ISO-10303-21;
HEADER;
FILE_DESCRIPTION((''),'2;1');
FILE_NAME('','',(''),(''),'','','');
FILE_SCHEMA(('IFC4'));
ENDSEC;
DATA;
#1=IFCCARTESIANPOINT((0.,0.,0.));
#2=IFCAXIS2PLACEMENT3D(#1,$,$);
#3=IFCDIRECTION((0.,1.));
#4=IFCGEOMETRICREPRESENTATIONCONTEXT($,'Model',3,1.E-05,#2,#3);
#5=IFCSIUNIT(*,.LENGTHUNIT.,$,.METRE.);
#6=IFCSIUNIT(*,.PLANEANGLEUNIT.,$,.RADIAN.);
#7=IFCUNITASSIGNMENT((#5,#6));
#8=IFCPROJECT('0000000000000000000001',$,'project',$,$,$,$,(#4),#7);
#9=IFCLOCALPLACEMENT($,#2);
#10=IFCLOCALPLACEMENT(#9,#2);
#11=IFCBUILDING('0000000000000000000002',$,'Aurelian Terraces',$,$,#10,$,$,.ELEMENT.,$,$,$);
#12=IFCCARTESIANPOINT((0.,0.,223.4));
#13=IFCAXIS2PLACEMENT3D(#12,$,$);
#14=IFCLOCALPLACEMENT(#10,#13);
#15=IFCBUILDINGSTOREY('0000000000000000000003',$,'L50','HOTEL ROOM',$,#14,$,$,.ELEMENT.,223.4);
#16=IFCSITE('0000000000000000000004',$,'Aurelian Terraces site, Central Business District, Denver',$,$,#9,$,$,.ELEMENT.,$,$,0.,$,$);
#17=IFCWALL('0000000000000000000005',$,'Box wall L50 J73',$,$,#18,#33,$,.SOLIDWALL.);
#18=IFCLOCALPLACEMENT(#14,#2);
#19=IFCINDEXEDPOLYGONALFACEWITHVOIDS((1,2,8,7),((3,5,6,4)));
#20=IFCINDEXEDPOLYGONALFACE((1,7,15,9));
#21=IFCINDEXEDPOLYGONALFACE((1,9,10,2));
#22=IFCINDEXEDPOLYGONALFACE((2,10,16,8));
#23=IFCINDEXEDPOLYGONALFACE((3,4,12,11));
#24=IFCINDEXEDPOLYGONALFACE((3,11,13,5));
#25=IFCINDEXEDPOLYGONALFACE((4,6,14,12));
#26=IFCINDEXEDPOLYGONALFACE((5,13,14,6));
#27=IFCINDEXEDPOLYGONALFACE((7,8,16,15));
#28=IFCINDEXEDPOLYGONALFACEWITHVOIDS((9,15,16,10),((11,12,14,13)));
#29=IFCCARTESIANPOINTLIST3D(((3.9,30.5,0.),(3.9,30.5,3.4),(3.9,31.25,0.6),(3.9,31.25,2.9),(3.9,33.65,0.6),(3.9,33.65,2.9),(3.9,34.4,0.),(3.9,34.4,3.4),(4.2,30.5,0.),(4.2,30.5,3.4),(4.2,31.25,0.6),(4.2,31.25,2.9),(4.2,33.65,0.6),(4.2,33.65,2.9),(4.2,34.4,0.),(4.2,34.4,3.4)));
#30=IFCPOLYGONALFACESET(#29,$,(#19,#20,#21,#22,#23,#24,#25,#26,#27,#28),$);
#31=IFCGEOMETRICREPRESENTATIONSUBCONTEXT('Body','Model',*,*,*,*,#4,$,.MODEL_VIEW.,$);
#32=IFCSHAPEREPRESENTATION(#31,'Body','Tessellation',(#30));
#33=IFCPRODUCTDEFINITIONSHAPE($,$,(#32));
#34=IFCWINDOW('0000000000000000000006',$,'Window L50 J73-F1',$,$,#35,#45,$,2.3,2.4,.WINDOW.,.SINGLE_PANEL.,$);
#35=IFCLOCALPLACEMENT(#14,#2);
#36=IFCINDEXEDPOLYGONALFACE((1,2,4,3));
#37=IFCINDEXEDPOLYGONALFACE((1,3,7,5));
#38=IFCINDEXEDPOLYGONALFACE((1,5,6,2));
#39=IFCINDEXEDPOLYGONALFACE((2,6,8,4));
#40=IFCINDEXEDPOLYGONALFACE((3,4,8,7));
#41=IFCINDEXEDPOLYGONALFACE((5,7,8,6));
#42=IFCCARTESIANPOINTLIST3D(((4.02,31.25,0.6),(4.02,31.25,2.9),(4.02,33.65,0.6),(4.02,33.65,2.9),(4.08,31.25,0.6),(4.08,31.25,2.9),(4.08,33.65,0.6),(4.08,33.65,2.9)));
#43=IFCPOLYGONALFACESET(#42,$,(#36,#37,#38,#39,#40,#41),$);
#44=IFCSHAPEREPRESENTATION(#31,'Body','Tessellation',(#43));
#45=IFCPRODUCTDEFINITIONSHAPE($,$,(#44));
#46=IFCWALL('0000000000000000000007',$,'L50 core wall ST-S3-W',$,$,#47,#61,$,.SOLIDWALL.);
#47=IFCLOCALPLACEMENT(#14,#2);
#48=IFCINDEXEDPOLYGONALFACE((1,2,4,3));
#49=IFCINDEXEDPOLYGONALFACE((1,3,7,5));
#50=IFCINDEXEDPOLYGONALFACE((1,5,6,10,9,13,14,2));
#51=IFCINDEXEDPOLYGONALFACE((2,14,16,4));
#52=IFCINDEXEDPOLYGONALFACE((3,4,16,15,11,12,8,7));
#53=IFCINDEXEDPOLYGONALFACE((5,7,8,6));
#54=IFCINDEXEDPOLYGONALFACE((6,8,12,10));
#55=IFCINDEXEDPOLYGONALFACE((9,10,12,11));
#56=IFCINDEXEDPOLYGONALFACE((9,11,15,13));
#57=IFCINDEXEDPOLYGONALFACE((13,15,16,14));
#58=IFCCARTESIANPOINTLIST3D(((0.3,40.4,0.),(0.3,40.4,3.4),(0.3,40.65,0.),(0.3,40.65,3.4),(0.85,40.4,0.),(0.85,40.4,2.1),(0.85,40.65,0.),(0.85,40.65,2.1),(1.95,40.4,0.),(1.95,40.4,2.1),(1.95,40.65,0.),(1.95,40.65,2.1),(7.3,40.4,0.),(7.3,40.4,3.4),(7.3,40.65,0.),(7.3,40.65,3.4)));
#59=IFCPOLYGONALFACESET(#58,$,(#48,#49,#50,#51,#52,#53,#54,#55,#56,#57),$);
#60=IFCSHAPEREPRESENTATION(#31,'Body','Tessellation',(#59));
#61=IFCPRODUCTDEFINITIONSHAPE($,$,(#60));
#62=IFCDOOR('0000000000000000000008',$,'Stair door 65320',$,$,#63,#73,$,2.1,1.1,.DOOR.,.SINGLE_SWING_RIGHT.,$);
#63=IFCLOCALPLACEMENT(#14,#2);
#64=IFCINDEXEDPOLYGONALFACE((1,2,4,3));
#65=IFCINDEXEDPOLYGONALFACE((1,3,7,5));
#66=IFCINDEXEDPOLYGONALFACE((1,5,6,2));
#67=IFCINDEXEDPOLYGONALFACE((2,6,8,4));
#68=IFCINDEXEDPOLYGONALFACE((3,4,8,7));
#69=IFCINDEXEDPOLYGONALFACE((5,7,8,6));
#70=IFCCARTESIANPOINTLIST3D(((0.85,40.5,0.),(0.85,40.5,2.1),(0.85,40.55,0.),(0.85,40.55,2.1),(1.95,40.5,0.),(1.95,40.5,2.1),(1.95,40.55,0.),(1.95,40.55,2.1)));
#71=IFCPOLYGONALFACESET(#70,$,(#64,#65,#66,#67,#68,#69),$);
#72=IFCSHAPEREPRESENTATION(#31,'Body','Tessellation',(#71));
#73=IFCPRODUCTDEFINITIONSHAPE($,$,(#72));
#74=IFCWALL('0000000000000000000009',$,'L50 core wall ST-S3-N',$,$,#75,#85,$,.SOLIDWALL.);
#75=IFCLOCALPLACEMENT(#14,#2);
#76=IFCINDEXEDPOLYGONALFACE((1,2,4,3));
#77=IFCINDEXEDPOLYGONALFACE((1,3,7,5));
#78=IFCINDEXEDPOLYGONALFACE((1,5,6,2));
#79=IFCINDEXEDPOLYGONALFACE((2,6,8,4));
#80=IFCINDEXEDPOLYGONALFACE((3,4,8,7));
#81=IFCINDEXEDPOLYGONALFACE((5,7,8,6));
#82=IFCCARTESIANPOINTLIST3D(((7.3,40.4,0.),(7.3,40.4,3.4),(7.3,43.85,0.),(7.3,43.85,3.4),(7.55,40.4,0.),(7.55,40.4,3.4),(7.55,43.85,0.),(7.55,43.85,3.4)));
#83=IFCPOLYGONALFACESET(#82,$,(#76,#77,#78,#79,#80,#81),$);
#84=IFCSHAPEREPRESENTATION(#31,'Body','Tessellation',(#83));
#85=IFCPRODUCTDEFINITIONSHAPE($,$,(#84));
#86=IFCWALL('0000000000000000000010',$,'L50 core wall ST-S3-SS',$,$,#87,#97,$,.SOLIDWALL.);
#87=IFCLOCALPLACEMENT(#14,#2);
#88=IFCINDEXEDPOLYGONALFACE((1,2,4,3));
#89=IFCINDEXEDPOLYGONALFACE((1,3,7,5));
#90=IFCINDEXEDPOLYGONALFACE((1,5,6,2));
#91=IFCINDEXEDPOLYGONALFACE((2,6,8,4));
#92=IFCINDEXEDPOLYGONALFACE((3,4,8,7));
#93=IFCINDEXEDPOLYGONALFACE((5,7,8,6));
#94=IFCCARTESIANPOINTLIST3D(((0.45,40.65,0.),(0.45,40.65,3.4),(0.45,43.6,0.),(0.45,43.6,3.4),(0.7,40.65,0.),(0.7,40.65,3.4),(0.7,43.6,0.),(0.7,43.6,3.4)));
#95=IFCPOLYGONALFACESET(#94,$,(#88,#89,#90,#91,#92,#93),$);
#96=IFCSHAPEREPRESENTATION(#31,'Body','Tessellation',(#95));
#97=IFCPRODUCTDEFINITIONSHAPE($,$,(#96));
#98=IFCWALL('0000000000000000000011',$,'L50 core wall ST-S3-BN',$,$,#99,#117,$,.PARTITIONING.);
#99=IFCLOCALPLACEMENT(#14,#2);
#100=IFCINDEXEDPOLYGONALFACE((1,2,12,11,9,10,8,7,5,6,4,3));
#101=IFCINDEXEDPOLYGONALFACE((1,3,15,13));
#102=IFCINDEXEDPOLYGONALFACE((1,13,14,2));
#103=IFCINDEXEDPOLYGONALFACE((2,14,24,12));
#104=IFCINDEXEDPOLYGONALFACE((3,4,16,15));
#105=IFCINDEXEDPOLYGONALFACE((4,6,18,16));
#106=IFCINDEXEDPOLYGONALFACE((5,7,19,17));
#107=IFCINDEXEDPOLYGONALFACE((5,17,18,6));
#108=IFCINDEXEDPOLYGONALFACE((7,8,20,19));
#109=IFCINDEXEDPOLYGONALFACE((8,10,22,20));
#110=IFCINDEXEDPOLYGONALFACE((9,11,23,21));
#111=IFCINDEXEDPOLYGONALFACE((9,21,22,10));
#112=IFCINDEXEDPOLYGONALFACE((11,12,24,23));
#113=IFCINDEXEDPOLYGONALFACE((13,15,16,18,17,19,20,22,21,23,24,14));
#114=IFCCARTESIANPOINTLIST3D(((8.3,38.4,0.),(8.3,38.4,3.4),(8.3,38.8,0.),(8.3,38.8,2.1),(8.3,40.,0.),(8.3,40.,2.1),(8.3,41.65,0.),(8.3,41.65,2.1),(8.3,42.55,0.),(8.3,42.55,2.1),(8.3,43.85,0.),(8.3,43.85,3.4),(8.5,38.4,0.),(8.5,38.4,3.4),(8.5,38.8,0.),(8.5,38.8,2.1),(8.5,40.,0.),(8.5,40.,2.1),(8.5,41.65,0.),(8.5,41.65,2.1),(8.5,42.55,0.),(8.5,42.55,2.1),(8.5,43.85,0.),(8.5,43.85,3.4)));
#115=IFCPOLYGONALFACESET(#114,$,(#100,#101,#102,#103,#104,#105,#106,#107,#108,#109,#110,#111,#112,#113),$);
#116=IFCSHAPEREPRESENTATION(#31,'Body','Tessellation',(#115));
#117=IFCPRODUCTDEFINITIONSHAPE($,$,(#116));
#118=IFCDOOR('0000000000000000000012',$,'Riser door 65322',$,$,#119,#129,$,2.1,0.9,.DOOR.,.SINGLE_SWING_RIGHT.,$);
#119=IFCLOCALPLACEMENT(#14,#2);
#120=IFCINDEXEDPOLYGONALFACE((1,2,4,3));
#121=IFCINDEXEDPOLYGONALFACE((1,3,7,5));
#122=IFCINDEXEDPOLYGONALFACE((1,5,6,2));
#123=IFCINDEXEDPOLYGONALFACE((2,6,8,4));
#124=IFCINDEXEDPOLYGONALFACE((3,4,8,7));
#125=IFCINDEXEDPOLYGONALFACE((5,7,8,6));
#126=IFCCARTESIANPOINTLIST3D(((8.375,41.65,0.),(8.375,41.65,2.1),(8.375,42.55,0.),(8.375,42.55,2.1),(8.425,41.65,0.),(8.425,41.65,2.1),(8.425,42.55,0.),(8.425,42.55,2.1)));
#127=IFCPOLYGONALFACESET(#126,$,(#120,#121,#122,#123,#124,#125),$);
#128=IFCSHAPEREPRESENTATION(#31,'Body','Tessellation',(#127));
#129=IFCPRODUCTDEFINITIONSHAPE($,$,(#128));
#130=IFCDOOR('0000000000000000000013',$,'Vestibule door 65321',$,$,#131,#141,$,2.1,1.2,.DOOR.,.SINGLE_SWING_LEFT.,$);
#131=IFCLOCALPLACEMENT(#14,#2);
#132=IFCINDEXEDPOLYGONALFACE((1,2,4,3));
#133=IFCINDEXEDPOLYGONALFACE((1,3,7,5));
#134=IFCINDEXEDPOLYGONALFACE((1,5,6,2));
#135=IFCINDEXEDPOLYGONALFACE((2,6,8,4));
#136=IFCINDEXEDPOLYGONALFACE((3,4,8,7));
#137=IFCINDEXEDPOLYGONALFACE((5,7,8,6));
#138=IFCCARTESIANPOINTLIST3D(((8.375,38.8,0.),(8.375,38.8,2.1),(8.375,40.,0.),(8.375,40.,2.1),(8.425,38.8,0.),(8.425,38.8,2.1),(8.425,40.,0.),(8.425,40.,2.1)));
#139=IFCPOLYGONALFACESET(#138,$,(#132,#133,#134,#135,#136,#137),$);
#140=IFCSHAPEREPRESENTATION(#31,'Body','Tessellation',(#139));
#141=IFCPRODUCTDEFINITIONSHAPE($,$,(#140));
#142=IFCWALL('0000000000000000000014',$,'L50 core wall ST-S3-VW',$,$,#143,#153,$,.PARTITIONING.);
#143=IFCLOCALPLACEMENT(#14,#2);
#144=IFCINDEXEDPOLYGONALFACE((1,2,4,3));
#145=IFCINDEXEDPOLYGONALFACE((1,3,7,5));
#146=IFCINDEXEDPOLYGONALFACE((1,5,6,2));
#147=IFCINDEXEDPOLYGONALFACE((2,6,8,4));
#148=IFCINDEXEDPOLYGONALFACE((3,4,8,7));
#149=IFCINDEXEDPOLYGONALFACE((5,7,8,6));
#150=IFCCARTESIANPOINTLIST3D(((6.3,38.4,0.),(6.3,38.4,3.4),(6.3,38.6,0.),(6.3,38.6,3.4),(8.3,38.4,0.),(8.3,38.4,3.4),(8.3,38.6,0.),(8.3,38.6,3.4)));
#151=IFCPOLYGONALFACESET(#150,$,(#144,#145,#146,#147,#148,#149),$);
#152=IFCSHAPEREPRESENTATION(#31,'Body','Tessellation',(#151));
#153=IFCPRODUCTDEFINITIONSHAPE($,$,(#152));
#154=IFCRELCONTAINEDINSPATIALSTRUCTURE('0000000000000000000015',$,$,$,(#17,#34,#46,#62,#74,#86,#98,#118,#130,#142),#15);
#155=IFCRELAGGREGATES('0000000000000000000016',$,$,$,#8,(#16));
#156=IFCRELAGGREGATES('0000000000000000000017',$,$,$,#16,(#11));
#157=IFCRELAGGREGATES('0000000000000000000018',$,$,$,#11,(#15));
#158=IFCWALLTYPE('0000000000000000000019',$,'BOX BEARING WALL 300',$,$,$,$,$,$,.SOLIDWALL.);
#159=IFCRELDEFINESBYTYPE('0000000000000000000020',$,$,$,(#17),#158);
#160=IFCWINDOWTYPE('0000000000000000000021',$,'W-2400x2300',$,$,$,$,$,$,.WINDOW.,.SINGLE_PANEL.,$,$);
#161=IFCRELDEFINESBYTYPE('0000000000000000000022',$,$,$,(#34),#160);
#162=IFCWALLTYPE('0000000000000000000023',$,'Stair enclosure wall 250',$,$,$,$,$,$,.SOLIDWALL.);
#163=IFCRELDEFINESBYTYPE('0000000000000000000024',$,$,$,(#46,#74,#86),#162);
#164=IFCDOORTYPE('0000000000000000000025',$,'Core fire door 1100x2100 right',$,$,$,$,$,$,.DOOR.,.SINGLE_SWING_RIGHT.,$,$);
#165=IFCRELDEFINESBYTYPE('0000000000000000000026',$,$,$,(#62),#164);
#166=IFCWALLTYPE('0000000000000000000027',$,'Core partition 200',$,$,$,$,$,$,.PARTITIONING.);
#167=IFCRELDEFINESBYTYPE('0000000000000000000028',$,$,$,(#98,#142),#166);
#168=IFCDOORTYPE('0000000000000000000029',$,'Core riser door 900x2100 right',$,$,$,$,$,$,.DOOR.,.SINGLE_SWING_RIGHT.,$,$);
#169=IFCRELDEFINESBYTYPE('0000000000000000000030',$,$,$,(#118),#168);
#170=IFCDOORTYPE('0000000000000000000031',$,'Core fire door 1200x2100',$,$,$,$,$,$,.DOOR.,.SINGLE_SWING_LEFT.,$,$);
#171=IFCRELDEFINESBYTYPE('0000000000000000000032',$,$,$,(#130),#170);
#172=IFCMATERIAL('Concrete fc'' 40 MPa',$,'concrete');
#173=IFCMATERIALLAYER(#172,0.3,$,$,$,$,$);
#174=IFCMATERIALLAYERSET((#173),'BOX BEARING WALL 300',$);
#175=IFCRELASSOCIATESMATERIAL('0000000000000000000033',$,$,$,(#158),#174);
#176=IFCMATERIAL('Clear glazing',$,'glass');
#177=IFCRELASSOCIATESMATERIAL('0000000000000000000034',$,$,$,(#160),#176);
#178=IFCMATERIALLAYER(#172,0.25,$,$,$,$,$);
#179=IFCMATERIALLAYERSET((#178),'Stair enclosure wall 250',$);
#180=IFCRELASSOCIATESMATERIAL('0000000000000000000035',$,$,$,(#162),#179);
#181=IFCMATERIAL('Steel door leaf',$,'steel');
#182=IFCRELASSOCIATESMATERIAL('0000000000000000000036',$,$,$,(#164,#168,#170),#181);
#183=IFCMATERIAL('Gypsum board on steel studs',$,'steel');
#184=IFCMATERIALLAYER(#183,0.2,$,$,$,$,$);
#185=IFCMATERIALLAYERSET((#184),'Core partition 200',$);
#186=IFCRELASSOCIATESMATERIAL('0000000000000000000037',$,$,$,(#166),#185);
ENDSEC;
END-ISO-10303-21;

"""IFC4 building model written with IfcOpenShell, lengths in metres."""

from ifc_helpers import new_model, si_unit, direction, frame, frame_2d, origin, place, context, subcontext, project, spatial, rectangle, extrude, source, transform, mapped, material, layer, layer_set, type_object, element, fill, save


model = new_model("IFC4")

# Units and contexts
model_context = context("Model", 3, precision=1e-05, world=origin(), true_north=direction((0.0, 1.0)))
body_context = subcontext(model_context, "Body", "Model", "MODEL_VIEW")
ifc_project = project(units=[si_unit("LENGTHUNIT", "METRE"), si_unit("PLANEANGLEUNIT", "RADIAN")], contexts=[model_context])

# Site, building, storey
site_placement = place(None, origin())
site = spatial("IfcSite", under=ifc_project, at=site_placement, Name="Aurelian Terraces site, Central Business District, Denver", CompositionType="ELEMENT", RefElevation=0.0)
building_placement = place(site_placement, origin())
building = spatial("IfcBuilding", under=site, at=building_placement, Name="Aurelian Terraces", CompositionType="ELEMENT")
storey_placement = place(building_placement, frame((0.0, 0.0, 223.4)))
storey = spatial("IfcBuildingStorey", under=building, at=storey_placement, Name="L50", Description="HOTEL ROOM", CompositionType="ELEMENT", Elevation=223.4)

# Shared definitions
ifc_material_1 = material(Name="Concrete fc' 40 MPa", Category="concrete")

# Shared definitions
ifc_material_2 = material(Name="Clear glazing", Category="glass")

# Wall, opening, window
ifc_layer_1 = layer(ifc_material_1, 0.3)
ifc_layer_set_1 = layer_set([ifc_layer_1], Name="BOX BEARING WALL 300")
wall_type_1 = type_object("IfcWallType", Name="BOX BEARING WALL 300", PredefinedType="SOLIDWALL", material=ifc_layer_set_1)
shared_shape_1 = source(origin(), body_context, "Body", "SweptSolid", [
    extrude(rectangle(XDim=3.9, YDim=0.3, at=frame_2d((1.95, 0.0))), origin(), (0.0, 0.0, 1.0), 3.4),
])
wall_1_placement = place(storey_placement, frame((4.05, 34.4, 0.0), z_axis=(0.0, 0.0, 1.0), x_axis=(0.0, -1.0, 0.0)))
wall_1 = element("IfcWall", 1, at=wall_1_placement, inside=storey, type_object=wall_type_1, Name="Box wall L50 J73", PredefinedType="SOLIDWALL", context=body_context, shape_type="MappedRepresentation", body=[
    mapped(shared_shape_1, transform((0.0, 0.0, 0.0), scale=1.0)),
])
shared_shape_2 = source(origin(), body_context, "Body", "SweptSolid", [
    extrude(rectangle(XDim=2.4, YDim=2.3, at=frame_2d((1.2, 1.15))), frame((0.0, 0.16, 0.0), z_axis=(0.0, -1.0, 0.0), x_axis=(1.0, 0.0, 0.0)), (0.0, 0.0, 1.0), 0.32),
])
opening_1_placement = place(wall_1_placement, frame((0.75, 0.0, 0.6)))
opening_1 = element("IfcOpeningElement", 2, at=opening_1_placement, cuts=wall_1, PredefinedType="OPENING", context=body_context, shape_type="MappedRepresentation", body=[
    mapped(shared_shape_2, transform((0.0, 0.0, 0.0), scale=1.0)),
])
window_type_1 = type_object("IfcWindowType", Name="W-2400x2300", PartitioningType="SINGLE_PANEL", PredefinedType="WINDOW", material=ifc_material_2)
shared_shape_3 = source(origin(), body_context, "Body", "SweptSolid", [
    extrude(rectangle(XDim=2.4, YDim=2.3, at=frame_2d((1.2, 1.15))), frame((0.0, 0.03, 0.0), z_axis=(0.0, -1.0, 0.0), x_axis=(1.0, 0.0, 0.0)), (0.0, 0.0, 1.0), 0.06),
])
window_1_placement = place(opening_1_placement, origin())
window_1 = element("IfcWindow", 3, at=window_1_placement, inside=storey, type_object=window_type_1, Name="Window L50 J73-F1", OverallHeight=2.3, OverallWidth=2.4, PartitioningType="SINGLE_PANEL", PredefinedType="WINDOW", context=body_context, shape_type="MappedRepresentation", body=[
    mapped(shared_shape_3, transform((0.0, 0.0, 0.0), scale=1.0)),
])
fill(opening_1, window_1)

# Wall, opening, door
ifc_layer_2 = layer(ifc_material_1, 0.25)
ifc_layer_set_2 = layer_set([ifc_layer_2], Name="Stair enclosure wall 250")
wall_type_2 = type_object("IfcWallType", Name="Stair enclosure wall 250", PredefinedType="SOLIDWALL", material=ifc_layer_set_2)
shared_shape_4 = source(origin(), body_context, "Body", "SweptSolid", [
    extrude(rectangle(XDim=7.0, YDim=0.25, at=frame_2d((3.5, 0.0))), origin(), (0.0, 0.0, 1.0), 3.4),
])
wall_2_placement = place(storey_placement, frame((0.3, 40.525, 0.0), z_axis=(0.0, 0.0, 1.0), x_axis=(1.0, 0.0, 0.0)))
wall_2 = element("IfcWall", 4, at=wall_2_placement, inside=storey, type_object=wall_type_2, Name="L50 core wall ST-S3-W", PredefinedType="SOLIDWALL", context=body_context, shape_type="MappedRepresentation", body=[
    mapped(shared_shape_4, transform((0.0, 0.0, 0.0), scale=1.0)),
])
shared_shape_5 = source(origin(), body_context, "Body", "SweptSolid", [
    extrude(rectangle(XDim=1.1, YDim=2.1, at=frame_2d((0.55, 1.05))), frame((0.0, 0.135, 0.0), z_axis=(0.0, -1.0, 0.0), x_axis=(1.0, 0.0, 0.0)), (0.0, 0.0, 1.0), 0.27),
])
opening_2_placement = place(wall_2_placement, frame((0.55, 0.0, 0.0)))
opening_2 = element("IfcOpeningElement", 5, at=opening_2_placement, cuts=wall_2, PredefinedType="OPENING", context=body_context, shape_type="MappedRepresentation", body=[
    mapped(shared_shape_5, transform((0.0, 0.0, 0.0), scale=1.0)),
])
ifc_material_3 = material(Name="Steel door leaf", Category="steel")
door_type_1 = type_object("IfcDoorType", Name="Core fire door 1100x2100 right", OperationType="SINGLE_SWING_RIGHT", PredefinedType="DOOR", material=ifc_material_3)
shared_shape_6 = source(origin(), body_context, "Body", "SweptSolid", [
    extrude(rectangle(XDim=1.1, YDim=2.1, at=frame_2d((0.55, 1.05))), frame((0.0, 0.025, 0.0), z_axis=(0.0, -1.0, 0.0), x_axis=(1.0, 0.0, 0.0)), (0.0, 0.0, 1.0), 0.05),
])
door_1_placement = place(opening_2_placement, origin())
door_1 = element("IfcDoor", 6, at=door_1_placement, inside=storey, type_object=door_type_1, Name="Stair door 65320", OperationType="SINGLE_SWING_RIGHT", OverallHeight=2.1, OverallWidth=1.1, PredefinedType="DOOR", context=body_context, shape_type="MappedRepresentation", body=[
    mapped(shared_shape_6, transform((0.0, 0.0, 0.0), scale=1.0)),
])
fill(opening_2, door_1)

# Walls
shared_shape_7 = source(origin(), body_context, "Body", "SweptSolid", [
    extrude(rectangle(XDim=3.45, YDim=0.25, at=frame_2d((1.725, 0.0))), origin(), (0.0, 0.0, 1.0), 3.4),
])
wall_3_placement = place(storey_placement, frame((7.425, 40.4, 0.0), z_axis=(0.0, 0.0, 1.0), x_axis=(0.0, 1.0, 0.0)))
element("IfcWall", 7, at=wall_3_placement, inside=storey, type_object=wall_type_2, Name="L50 core wall ST-S3-N", PredefinedType="SOLIDWALL", context=body_context, shape_type="MappedRepresentation", body=[
    mapped(shared_shape_7, transform((0.0, 0.0, 0.0), scale=1.0)),
])
shared_shape_8 = source(origin(), body_context, "Body", "SweptSolid", [
    extrude(rectangle(XDim=2.95, YDim=0.25, at=frame_2d((1.475, 0.0))), origin(), (0.0, 0.0, 1.0), 3.4),
])
wall_4_placement = place(storey_placement, frame((0.575, 40.65, 0.0), z_axis=(0.0, 0.0, 1.0), x_axis=(0.0, 1.0, 0.0)))
element("IfcWall", 8, at=wall_4_placement, inside=storey, type_object=wall_type_2, Name="L50 core wall ST-S3-SS", PredefinedType="SOLIDWALL", context=body_context, shape_type="MappedRepresentation", body=[
    mapped(shared_shape_8, transform((0.0, 0.0, 0.0), scale=1.0)),
])

# Wall, openings, doors
ifc_material_4 = material(Name="Gypsum board on steel studs", Category="steel")
ifc_layer_3 = layer(ifc_material_4, 0.2)
ifc_layer_set_3 = layer_set([ifc_layer_3], Name="Core partition 200")
wall_type_3 = type_object("IfcWallType", Name="Core partition 200", PredefinedType="PARTITIONING", material=ifc_layer_set_3)
shared_shape_9 = source(origin(), body_context, "Body", "SweptSolid", [
    extrude(rectangle(XDim=5.45, YDim=0.2, at=frame_2d((2.725, 0.0))), origin(), (0.0, 0.0, 1.0), 3.4),
])
wall_5_placement = place(storey_placement, frame((8.4, 38.4, 0.0), z_axis=(0.0, 0.0, 1.0), x_axis=(0.0, 1.0, 0.0)))
wall_5 = element("IfcWall", 9, at=wall_5_placement, inside=storey, type_object=wall_type_3, Name="L50 core wall ST-S3-BN", PredefinedType="PARTITIONING", context=body_context, shape_type="MappedRepresentation", body=[
    mapped(shared_shape_9, transform((0.0, 0.0, 0.0), scale=1.0)),
])
shared_shape_10 = source(origin(), body_context, "Body", "SweptSolid", [
    extrude(rectangle(XDim=1.2, YDim=2.1, at=frame_2d((0.6, 1.05))), frame((0.0, 0.11, 0.0), z_axis=(0.0, -1.0, 0.0), x_axis=(1.0, 0.0, 0.0)), (0.0, 0.0, 1.0), 0.22),
])
opening_3_placement = place(wall_5_placement, frame((0.4, 0.0, 0.0)))
opening_3 = element("IfcOpeningElement", 10, at=opening_3_placement, cuts=wall_5, PredefinedType="OPENING", context=body_context, shape_type="MappedRepresentation", body=[
    mapped(shared_shape_10, transform((0.0, 0.0, 0.0), scale=1.0)),
])
shared_shape_11 = source(origin(), body_context, "Body", "SweptSolid", [
    extrude(rectangle(XDim=0.9, YDim=2.1, at=frame_2d((0.45, 1.05))), frame((0.0, 0.11, 0.0), z_axis=(0.0, -1.0, 0.0), x_axis=(1.0, 0.0, 0.0)), (0.0, 0.0, 1.0), 0.22),
])
opening_4_placement = place(wall_5_placement, frame((3.25, 0.0, 0.0)))
opening_4 = element("IfcOpeningElement", 11, at=opening_4_placement, cuts=wall_5, PredefinedType="OPENING", context=body_context, shape_type="MappedRepresentation", body=[
    mapped(shared_shape_11, transform((0.0, 0.0, 0.0), scale=1.0)),
])
door_type_2 = type_object("IfcDoorType", Name="Core riser door 900x2100 right", OperationType="SINGLE_SWING_RIGHT", PredefinedType="DOOR", material=ifc_material_3)
shared_shape_12 = source(origin(), body_context, "Body", "SweptSolid", [
    extrude(rectangle(XDim=0.9, YDim=2.1, at=frame_2d((0.45, 1.05))), frame((0.0, 0.025, 0.0), z_axis=(0.0, -1.0, 0.0), x_axis=(1.0, 0.0, 0.0)), (0.0, 0.0, 1.0), 0.05),
])
door_2_placement = place(opening_4_placement, origin())
door_2 = element("IfcDoor", 12, at=door_2_placement, inside=storey, type_object=door_type_2, Name="Riser door 65322", OperationType="SINGLE_SWING_RIGHT", OverallHeight=2.1, OverallWidth=0.9, PredefinedType="DOOR", context=body_context, shape_type="MappedRepresentation", body=[
    mapped(shared_shape_12, transform((0.0, 0.0, 0.0), scale=1.0)),
])
fill(opening_4, door_2)
door_type_3 = type_object("IfcDoorType", Name="Core fire door 1200x2100", OperationType="SINGLE_SWING_LEFT", PredefinedType="DOOR", material=ifc_material_3)
shared_shape_13 = source(origin(), body_context, "Body", "SweptSolid", [
    extrude(rectangle(XDim=1.2, YDim=2.1, at=frame_2d((0.6, 1.05))), frame((0.0, 0.025, 0.0), z_axis=(0.0, -1.0, 0.0), x_axis=(1.0, 0.0, 0.0)), (0.0, 0.0, 1.0), 0.05),
])
door_3_placement = place(opening_3_placement, origin())
door_3 = element("IfcDoor", 13, at=door_3_placement, inside=storey, type_object=door_type_3, Name="Vestibule door 65321", OperationType="SINGLE_SWING_LEFT", OverallHeight=2.1, OverallWidth=1.2, PredefinedType="DOOR", context=body_context, shape_type="MappedRepresentation", body=[
    mapped(shared_shape_13, transform((0.0, 0.0, 0.0), scale=1.0)),
])
fill(opening_3, door_3)

# Wall
shared_shape_14 = source(origin(), body_context, "Body", "SweptSolid", [
    extrude(rectangle(XDim=2.0, YDim=0.2, at=frame_2d((1.0, 0.0))), origin(), (0.0, 0.0, 1.0), 3.4),
])
wall_6_placement = place(storey_placement, frame((6.3, 38.5, 0.0), z_axis=(0.0, 0.0, 1.0), x_axis=(1.0, 0.0, 0.0)))
element("IfcWall", 14, at=wall_6_placement, inside=storey, type_object=wall_type_3, Name="L50 core wall ST-S3-VW", PredefinedType="PARTITIONING", context=body_context, shape_type="MappedRepresentation", body=[
    mapped(shared_shape_14, transform((0.0, 0.0, 0.0), scale=1.0)),
])

save(model, "model.ifc")
